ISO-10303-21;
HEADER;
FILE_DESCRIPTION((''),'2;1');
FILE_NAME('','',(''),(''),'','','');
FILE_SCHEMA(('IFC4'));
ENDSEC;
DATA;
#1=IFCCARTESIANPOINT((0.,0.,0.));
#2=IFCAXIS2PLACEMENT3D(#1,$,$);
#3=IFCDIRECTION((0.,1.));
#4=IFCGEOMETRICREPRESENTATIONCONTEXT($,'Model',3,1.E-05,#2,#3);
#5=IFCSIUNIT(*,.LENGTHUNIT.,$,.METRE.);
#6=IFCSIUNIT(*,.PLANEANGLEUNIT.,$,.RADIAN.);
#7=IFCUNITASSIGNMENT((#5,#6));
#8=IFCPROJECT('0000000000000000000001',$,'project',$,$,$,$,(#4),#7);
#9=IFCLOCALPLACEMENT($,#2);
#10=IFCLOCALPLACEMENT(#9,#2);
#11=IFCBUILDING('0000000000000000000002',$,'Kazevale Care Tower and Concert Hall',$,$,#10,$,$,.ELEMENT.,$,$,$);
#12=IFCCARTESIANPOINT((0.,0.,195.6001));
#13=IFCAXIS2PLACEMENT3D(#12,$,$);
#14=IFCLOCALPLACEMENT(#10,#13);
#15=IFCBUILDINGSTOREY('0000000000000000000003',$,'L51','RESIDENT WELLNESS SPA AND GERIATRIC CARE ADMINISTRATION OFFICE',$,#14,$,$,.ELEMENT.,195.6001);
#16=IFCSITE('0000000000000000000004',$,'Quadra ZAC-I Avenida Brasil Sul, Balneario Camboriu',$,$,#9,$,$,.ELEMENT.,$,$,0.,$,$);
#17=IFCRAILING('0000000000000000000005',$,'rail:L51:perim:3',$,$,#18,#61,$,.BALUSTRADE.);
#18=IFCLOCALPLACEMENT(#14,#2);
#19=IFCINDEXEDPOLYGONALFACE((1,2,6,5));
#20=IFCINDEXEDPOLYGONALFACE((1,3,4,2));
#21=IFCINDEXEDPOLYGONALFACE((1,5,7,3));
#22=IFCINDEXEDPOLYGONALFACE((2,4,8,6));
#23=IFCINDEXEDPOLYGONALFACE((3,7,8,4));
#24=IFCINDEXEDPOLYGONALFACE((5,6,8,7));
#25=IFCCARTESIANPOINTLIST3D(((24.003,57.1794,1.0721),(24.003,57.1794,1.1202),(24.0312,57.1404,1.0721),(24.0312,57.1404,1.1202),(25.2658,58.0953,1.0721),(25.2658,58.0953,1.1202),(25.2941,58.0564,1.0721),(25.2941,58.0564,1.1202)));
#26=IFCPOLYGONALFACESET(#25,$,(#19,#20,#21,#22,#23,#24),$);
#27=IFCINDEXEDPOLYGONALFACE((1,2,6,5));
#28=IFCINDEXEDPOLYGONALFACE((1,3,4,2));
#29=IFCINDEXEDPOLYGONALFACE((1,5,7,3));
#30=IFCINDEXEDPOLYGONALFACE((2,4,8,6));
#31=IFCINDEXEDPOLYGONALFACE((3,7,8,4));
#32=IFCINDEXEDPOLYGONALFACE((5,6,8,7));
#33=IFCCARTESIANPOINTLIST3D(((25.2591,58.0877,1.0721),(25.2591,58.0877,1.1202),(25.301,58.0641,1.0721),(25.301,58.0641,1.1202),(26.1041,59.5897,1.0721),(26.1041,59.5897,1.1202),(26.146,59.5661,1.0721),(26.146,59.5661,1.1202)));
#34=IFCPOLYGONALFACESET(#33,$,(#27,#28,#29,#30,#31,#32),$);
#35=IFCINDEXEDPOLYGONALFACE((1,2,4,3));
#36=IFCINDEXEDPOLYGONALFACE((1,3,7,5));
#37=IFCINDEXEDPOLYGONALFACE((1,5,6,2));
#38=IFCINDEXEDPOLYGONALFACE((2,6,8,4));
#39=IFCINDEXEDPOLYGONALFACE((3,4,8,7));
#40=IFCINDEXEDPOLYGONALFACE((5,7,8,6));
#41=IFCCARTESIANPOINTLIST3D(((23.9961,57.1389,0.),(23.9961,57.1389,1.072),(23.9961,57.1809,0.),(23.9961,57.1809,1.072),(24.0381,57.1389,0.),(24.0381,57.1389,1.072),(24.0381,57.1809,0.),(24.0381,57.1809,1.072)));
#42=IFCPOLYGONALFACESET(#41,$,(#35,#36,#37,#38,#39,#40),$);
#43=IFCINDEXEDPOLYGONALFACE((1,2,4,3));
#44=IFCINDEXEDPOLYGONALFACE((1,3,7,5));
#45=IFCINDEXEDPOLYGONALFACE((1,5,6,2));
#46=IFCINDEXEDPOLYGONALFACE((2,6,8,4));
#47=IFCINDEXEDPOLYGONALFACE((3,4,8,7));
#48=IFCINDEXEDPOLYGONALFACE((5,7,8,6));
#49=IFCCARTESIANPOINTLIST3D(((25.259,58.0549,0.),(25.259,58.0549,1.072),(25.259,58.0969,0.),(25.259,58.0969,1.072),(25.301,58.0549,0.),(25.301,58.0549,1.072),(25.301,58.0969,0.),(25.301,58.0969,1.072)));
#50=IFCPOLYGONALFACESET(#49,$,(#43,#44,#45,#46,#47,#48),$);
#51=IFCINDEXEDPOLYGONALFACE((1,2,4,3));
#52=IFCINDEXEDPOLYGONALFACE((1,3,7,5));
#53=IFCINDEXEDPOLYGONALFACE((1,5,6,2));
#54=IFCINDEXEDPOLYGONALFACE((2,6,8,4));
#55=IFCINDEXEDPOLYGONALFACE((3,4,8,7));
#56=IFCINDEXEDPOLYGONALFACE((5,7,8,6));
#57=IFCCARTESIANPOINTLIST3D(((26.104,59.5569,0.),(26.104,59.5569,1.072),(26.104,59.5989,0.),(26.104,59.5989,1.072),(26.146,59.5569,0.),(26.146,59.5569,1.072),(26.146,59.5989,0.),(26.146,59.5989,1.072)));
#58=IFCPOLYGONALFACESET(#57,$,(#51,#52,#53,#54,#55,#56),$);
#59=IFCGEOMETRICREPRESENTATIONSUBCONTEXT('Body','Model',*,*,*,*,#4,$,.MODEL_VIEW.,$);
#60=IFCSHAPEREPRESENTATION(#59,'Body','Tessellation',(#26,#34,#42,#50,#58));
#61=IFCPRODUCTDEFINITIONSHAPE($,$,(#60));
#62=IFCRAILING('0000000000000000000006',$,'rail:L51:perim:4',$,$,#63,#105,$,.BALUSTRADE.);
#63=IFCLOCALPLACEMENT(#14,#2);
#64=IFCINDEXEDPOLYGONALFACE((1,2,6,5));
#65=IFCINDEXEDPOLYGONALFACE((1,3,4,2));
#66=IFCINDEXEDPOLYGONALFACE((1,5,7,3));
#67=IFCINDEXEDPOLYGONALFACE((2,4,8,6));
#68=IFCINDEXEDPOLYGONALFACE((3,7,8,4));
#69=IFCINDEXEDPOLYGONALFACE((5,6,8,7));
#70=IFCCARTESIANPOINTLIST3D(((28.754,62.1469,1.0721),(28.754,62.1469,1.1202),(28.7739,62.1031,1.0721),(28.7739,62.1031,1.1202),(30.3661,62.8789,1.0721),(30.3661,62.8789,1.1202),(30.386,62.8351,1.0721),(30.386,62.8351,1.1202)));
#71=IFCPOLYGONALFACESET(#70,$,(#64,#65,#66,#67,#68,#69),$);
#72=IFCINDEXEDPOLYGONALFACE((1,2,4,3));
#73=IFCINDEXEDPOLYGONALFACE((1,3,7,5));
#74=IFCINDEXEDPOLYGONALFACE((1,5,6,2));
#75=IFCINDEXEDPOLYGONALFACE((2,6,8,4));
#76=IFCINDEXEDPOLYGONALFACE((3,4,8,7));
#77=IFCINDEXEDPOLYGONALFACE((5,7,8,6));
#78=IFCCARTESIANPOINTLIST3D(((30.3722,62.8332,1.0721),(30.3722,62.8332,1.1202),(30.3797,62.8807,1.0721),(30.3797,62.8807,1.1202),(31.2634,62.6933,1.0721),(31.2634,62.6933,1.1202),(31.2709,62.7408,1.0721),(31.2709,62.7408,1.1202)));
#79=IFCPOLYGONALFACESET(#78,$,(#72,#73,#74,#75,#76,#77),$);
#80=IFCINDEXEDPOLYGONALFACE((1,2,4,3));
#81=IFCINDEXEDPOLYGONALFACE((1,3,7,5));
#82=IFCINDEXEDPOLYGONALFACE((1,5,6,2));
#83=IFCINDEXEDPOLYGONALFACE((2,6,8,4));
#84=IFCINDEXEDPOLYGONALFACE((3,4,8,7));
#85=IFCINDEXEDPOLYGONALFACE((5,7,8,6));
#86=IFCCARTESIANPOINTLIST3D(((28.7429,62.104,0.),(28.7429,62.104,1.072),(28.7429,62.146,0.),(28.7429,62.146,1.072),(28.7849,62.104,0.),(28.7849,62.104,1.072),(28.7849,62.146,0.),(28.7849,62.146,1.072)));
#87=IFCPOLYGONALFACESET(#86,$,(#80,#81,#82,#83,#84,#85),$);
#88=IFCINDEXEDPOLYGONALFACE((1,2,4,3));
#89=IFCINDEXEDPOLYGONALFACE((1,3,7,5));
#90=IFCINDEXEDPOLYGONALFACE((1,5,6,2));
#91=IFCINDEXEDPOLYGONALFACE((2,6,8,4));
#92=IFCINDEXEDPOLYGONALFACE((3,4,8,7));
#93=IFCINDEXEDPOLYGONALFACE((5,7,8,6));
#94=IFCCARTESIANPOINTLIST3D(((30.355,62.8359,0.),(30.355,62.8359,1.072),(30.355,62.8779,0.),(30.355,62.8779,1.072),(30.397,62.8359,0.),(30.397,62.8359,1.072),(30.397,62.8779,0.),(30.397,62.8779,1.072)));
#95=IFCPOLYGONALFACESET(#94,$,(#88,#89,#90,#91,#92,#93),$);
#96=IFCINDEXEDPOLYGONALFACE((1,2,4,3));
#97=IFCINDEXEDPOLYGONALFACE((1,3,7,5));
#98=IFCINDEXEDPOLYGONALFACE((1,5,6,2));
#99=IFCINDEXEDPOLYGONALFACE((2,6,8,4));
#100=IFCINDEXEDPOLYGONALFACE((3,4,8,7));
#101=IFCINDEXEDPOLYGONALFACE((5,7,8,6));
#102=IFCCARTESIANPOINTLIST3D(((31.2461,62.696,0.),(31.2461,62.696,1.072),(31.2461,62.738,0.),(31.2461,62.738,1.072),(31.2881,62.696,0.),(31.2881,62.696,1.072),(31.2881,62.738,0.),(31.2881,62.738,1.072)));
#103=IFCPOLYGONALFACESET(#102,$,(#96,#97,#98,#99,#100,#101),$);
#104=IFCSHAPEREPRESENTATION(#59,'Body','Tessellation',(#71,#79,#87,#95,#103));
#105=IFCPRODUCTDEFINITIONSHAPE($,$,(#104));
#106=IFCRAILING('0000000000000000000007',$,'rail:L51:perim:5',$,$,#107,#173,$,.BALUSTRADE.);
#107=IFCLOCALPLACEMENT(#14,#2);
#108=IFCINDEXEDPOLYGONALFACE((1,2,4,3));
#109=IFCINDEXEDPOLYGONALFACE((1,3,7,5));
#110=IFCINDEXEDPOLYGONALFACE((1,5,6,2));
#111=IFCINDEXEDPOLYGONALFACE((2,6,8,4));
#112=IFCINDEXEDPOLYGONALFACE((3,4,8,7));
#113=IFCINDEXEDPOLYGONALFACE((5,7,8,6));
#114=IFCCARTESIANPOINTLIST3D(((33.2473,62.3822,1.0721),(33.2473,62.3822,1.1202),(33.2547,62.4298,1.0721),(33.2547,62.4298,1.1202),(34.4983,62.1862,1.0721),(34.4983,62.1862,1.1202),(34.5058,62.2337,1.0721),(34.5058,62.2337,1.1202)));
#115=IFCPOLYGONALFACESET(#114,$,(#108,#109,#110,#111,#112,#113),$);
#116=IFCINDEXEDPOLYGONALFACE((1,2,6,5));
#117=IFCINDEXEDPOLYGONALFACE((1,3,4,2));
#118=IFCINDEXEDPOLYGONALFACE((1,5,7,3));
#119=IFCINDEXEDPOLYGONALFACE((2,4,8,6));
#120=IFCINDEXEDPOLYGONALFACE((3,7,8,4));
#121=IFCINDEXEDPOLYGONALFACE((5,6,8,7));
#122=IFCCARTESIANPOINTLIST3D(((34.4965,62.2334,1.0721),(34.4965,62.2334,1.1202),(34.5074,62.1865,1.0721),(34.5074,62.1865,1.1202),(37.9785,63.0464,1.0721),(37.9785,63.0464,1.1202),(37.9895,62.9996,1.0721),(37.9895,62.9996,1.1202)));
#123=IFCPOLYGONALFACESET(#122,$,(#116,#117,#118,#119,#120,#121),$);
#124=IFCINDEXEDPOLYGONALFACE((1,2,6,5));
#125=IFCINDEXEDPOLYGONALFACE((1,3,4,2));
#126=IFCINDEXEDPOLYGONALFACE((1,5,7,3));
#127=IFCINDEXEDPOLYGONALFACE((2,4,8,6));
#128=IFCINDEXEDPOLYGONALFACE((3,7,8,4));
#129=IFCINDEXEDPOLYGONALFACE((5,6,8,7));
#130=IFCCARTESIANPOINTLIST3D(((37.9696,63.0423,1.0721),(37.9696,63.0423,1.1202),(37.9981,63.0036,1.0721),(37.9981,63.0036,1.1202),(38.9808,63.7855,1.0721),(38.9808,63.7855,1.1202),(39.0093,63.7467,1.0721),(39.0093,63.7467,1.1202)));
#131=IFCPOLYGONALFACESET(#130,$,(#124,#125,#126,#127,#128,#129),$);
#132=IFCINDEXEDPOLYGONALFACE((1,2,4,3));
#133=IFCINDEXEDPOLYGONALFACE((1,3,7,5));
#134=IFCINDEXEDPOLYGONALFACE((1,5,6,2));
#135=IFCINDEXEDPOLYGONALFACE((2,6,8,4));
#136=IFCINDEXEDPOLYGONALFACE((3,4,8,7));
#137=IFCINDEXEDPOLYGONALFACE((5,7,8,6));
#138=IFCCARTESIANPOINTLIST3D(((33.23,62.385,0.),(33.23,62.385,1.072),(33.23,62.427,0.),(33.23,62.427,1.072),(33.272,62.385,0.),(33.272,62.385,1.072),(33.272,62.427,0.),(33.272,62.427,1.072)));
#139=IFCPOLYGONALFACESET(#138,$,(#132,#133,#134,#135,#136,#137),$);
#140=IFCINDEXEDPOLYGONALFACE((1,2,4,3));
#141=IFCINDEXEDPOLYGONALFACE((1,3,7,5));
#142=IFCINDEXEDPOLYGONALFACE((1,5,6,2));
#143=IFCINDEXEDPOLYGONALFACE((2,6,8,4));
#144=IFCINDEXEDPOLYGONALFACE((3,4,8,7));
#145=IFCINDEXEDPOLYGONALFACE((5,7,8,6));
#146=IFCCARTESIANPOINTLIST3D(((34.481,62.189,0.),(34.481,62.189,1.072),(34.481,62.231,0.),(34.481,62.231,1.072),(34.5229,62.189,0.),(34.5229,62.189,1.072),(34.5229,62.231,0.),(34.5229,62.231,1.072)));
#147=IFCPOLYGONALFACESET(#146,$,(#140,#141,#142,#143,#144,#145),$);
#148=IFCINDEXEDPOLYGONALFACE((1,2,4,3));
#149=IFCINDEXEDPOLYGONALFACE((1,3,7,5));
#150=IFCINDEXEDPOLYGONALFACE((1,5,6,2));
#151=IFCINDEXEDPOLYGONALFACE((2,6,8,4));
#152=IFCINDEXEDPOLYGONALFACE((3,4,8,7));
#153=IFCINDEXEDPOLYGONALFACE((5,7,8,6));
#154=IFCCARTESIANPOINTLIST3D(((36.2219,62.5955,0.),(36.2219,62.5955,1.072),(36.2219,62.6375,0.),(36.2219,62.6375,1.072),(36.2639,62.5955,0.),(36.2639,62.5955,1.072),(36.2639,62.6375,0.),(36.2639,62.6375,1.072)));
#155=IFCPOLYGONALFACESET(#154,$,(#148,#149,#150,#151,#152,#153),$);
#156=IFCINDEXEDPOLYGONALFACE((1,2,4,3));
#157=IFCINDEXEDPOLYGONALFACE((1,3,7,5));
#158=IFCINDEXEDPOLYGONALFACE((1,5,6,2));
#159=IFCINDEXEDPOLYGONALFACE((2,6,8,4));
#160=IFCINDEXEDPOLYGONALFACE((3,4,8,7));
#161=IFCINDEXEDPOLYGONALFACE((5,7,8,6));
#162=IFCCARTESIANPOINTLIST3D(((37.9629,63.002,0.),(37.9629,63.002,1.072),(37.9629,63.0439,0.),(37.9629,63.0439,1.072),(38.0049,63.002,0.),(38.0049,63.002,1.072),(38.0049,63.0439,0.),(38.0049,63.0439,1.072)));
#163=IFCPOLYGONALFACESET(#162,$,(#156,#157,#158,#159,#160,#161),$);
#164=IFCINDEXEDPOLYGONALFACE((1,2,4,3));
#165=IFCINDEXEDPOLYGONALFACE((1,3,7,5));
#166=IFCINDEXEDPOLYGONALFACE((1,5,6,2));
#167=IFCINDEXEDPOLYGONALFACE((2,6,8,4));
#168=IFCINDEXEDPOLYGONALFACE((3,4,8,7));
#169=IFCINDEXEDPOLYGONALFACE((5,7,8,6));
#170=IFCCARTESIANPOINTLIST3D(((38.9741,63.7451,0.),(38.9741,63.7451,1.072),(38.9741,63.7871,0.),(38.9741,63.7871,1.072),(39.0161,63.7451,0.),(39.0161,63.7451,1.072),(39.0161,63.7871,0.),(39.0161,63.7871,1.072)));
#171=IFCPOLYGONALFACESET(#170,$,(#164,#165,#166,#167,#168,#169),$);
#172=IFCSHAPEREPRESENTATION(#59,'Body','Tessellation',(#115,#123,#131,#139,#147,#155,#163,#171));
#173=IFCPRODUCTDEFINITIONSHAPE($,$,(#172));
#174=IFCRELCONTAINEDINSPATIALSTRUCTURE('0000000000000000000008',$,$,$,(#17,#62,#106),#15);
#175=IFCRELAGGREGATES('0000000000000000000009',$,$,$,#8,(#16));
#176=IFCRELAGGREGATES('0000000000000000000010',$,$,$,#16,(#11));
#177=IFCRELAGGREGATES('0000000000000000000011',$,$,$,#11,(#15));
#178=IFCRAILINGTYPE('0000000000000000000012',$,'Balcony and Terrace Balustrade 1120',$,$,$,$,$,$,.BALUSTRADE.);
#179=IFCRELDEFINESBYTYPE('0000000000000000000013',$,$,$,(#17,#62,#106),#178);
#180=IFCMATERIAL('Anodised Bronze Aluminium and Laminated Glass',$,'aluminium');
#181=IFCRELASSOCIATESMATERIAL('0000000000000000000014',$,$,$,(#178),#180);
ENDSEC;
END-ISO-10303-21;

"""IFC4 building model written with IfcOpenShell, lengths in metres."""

from ifc_helpers import new_model, si_unit, direction, frame, origin, origin_2d, place, context, subcontext, project, spatial, rectangle, extrude, material, type_object, element, save


model = new_model("IFC4")

# Units and contexts
model_context = context("Model", 3, precision=1e-05, world=origin(), true_north=direction((0.0, 1.0)))
body_context = subcontext(model_context, "Body", "Model", "MODEL_VIEW")
ifc_project = project(units=[si_unit("LENGTHUNIT", "METRE"), si_unit("PLANEANGLEUNIT", "RADIAN")], contexts=[model_context])

# Site, building, storey
site_placement = place(None, origin())
site = spatial("IfcSite", under=ifc_project, at=site_placement, Name="Quadra ZAC-I Avenida Brasil Sul, Balneario Camboriu", CompositionType="ELEMENT", RefElevation=0.0)
building_placement = place(site_placement, origin())
building = spatial("IfcBuilding", under=site, at=building_placement, Name="Kazevale Care Tower and Concert Hall", CompositionType="ELEMENT")
storey_placement = place(building_placement, frame((0.0, 0.0, 195.6001)))
storey = spatial("IfcBuildingStorey", under=building, at=storey_placement, Name="L51", Description="RESIDENT WELLNESS SPA AND GERIATRIC CARE ADMINISTRATION OFFICE", CompositionType="ELEMENT", Elevation=195.6001)

# Railings
ifc_material_1 = material(Name="Anodised Bronze Aluminium and Laminated Glass", Category="aluminium")
railing_type = type_object("IfcRailingType", Name="Balcony and Terrace Balustrade 1120", PredefinedType="BALUSTRADE", material=ifc_material_1)
railing_1_placement = place(storey_placement, frame((24.0171, 57.1599, 0.0)))
element("IfcRailing", 1, at=railing_1_placement, inside=storey, type_object=railing_type, Name="rail:L51:perim:3", PredefinedType="BALUSTRADE", context=body_context, shape_type="SweptSolid", body=[
    extrude(rectangle(XDim=0.0481, YDim=0.0481, at=origin_2d()), frame((0.0, 0.0, 1.0962), z_axis=(0.809493, 0.587129, 0.0), x_axis=(-0.587129, 0.809493, 0.0)), (0.0, 0.0, 1.0), 1.5601),
    extrude(rectangle(XDim=0.0481, YDim=0.0481, at=origin_2d()), frame((1.2629, 0.916, 1.0962), z_axis=(0.490315, 0.871545, 0.0), x_axis=(-0.871545, 0.490315, 0.0)), (0.0, 0.0, 1.0), 1.7234),
    extrude(rectangle(XDim=0.042, YDim=0.042, at=origin_2d()), origin(), (0.0, 0.0, 1.0), 1.072),
    extrude(rectangle(XDim=0.042, YDim=0.042, at=origin_2d()), frame((1.2629, 0.916, 0.0)), (0.0, 0.0, 1.0), 1.072),
    extrude(rectangle(XDim=0.042, YDim=0.042, at=origin_2d()), frame((2.1079, 2.418, 0.0)), (0.0, 0.0, 1.0), 1.072),
])
railing_2_placement = place(storey_placement, frame((28.7639, 62.125, 0.0)))
element("IfcRailing", 2, at=railing_2_placement, inside=storey, type_object=railing_type, Name="rail:L51:perim:4", PredefinedType="BALUSTRADE", context=body_context, shape_type="SweptSolid", body=[
    extrude(rectangle(XDim=0.0481, YDim=0.0481, at=origin_2d()), frame((0.0, 0.0, 1.0962), z_axis=(0.910541, 0.413418, 0.0), x_axis=(-0.413418, 0.910541, 0.0)), (0.0, 0.0, 1.0), 1.7705),
    extrude(rectangle(XDim=0.0481, YDim=0.0481, at=origin_2d()), frame((1.6121, 0.7319, 1.0962), z_axis=(0.987901, -0.155087, 0.0), x_axis=(0.155087, 0.987901, 0.0)), (0.0, 0.0, 1.0), 0.9021),
    extrude(rectangle(XDim=0.042, YDim=0.042, at=origin_2d()), origin(), (0.0, 0.0, 1.0), 1.072),
    extrude(rectangle(XDim=0.042, YDim=0.042, at=origin_2d()), frame((1.6121, 0.7319, 0.0)), (0.0, 0.0, 1.0), 1.072),
    extrude(rectangle(XDim=0.042, YDim=0.042, at=origin_2d()), frame((2.5032, 0.592, 0.0)), (0.0, 0.0, 1.0), 1.072),
])
railing_3_placement = place(storey_placement, frame((33.251, 62.406, 0.0)))
element("IfcRailing", 3, at=railing_3_placement, inside=storey, type_object=railing_type, Name="rail:L51:perim:5", PredefinedType="BALUSTRADE", context=body_context, shape_type="SweptSolid", body=[
    extrude(rectangle(XDim=0.0481, YDim=0.0481, at=origin_2d()), frame((0.0, 0.0, 1.0962), z_axis=(0.987942, -0.154824, 0.0), x_axis=(0.154824, 0.987942, 0.0)), (0.0, 0.0, 1.0), 1.2664),
    extrude(rectangle(XDim=0.0481, YDim=0.0481, at=origin_2d()), frame((1.251, -0.196, 1.0962), z_axis=(0.973808, 0.227372, 0.0), x_axis=(-0.227372, 0.973808, 0.0)), (0.0, 0.0, 1.0), 3.5757),
    extrude(rectangle(XDim=0.0481, YDim=0.0481, at=origin_2d()), frame((4.7329, 0.6169, 1.0962), z_axis=(0.805798, 0.59219, 0.0), x_axis=(-0.59219, 0.805798, 0.0)), (0.0, 0.0, 1.0), 1.2549),
    extrude(rectangle(XDim=0.042, YDim=0.042, at=origin_2d()), origin(), (0.0, 0.0, 1.0), 1.072),
    extrude(rectangle(XDim=0.042, YDim=0.042, at=origin_2d()), frame((1.251, -0.196, 0.0)), (0.0, 0.0, 1.0), 1.072),
    extrude(rectangle(XDim=0.042, YDim=0.042, at=origin_2d()), frame((2.9919, 0.2104, 0.0)), (0.0, 0.0, 1.0), 1.072),
    extrude(rectangle(XDim=0.042, YDim=0.042, at=origin_2d()), frame((4.7329, 0.6169, 0.0)), (0.0, 0.0, 1.0), 1.072),
    extrude(rectangle(XDim=0.042, YDim=0.042, at=origin_2d()), frame((5.7441, 1.3601, 0.0)), (0.0, 0.0, 1.0), 1.072),
])

save(model, "model.ifc")
